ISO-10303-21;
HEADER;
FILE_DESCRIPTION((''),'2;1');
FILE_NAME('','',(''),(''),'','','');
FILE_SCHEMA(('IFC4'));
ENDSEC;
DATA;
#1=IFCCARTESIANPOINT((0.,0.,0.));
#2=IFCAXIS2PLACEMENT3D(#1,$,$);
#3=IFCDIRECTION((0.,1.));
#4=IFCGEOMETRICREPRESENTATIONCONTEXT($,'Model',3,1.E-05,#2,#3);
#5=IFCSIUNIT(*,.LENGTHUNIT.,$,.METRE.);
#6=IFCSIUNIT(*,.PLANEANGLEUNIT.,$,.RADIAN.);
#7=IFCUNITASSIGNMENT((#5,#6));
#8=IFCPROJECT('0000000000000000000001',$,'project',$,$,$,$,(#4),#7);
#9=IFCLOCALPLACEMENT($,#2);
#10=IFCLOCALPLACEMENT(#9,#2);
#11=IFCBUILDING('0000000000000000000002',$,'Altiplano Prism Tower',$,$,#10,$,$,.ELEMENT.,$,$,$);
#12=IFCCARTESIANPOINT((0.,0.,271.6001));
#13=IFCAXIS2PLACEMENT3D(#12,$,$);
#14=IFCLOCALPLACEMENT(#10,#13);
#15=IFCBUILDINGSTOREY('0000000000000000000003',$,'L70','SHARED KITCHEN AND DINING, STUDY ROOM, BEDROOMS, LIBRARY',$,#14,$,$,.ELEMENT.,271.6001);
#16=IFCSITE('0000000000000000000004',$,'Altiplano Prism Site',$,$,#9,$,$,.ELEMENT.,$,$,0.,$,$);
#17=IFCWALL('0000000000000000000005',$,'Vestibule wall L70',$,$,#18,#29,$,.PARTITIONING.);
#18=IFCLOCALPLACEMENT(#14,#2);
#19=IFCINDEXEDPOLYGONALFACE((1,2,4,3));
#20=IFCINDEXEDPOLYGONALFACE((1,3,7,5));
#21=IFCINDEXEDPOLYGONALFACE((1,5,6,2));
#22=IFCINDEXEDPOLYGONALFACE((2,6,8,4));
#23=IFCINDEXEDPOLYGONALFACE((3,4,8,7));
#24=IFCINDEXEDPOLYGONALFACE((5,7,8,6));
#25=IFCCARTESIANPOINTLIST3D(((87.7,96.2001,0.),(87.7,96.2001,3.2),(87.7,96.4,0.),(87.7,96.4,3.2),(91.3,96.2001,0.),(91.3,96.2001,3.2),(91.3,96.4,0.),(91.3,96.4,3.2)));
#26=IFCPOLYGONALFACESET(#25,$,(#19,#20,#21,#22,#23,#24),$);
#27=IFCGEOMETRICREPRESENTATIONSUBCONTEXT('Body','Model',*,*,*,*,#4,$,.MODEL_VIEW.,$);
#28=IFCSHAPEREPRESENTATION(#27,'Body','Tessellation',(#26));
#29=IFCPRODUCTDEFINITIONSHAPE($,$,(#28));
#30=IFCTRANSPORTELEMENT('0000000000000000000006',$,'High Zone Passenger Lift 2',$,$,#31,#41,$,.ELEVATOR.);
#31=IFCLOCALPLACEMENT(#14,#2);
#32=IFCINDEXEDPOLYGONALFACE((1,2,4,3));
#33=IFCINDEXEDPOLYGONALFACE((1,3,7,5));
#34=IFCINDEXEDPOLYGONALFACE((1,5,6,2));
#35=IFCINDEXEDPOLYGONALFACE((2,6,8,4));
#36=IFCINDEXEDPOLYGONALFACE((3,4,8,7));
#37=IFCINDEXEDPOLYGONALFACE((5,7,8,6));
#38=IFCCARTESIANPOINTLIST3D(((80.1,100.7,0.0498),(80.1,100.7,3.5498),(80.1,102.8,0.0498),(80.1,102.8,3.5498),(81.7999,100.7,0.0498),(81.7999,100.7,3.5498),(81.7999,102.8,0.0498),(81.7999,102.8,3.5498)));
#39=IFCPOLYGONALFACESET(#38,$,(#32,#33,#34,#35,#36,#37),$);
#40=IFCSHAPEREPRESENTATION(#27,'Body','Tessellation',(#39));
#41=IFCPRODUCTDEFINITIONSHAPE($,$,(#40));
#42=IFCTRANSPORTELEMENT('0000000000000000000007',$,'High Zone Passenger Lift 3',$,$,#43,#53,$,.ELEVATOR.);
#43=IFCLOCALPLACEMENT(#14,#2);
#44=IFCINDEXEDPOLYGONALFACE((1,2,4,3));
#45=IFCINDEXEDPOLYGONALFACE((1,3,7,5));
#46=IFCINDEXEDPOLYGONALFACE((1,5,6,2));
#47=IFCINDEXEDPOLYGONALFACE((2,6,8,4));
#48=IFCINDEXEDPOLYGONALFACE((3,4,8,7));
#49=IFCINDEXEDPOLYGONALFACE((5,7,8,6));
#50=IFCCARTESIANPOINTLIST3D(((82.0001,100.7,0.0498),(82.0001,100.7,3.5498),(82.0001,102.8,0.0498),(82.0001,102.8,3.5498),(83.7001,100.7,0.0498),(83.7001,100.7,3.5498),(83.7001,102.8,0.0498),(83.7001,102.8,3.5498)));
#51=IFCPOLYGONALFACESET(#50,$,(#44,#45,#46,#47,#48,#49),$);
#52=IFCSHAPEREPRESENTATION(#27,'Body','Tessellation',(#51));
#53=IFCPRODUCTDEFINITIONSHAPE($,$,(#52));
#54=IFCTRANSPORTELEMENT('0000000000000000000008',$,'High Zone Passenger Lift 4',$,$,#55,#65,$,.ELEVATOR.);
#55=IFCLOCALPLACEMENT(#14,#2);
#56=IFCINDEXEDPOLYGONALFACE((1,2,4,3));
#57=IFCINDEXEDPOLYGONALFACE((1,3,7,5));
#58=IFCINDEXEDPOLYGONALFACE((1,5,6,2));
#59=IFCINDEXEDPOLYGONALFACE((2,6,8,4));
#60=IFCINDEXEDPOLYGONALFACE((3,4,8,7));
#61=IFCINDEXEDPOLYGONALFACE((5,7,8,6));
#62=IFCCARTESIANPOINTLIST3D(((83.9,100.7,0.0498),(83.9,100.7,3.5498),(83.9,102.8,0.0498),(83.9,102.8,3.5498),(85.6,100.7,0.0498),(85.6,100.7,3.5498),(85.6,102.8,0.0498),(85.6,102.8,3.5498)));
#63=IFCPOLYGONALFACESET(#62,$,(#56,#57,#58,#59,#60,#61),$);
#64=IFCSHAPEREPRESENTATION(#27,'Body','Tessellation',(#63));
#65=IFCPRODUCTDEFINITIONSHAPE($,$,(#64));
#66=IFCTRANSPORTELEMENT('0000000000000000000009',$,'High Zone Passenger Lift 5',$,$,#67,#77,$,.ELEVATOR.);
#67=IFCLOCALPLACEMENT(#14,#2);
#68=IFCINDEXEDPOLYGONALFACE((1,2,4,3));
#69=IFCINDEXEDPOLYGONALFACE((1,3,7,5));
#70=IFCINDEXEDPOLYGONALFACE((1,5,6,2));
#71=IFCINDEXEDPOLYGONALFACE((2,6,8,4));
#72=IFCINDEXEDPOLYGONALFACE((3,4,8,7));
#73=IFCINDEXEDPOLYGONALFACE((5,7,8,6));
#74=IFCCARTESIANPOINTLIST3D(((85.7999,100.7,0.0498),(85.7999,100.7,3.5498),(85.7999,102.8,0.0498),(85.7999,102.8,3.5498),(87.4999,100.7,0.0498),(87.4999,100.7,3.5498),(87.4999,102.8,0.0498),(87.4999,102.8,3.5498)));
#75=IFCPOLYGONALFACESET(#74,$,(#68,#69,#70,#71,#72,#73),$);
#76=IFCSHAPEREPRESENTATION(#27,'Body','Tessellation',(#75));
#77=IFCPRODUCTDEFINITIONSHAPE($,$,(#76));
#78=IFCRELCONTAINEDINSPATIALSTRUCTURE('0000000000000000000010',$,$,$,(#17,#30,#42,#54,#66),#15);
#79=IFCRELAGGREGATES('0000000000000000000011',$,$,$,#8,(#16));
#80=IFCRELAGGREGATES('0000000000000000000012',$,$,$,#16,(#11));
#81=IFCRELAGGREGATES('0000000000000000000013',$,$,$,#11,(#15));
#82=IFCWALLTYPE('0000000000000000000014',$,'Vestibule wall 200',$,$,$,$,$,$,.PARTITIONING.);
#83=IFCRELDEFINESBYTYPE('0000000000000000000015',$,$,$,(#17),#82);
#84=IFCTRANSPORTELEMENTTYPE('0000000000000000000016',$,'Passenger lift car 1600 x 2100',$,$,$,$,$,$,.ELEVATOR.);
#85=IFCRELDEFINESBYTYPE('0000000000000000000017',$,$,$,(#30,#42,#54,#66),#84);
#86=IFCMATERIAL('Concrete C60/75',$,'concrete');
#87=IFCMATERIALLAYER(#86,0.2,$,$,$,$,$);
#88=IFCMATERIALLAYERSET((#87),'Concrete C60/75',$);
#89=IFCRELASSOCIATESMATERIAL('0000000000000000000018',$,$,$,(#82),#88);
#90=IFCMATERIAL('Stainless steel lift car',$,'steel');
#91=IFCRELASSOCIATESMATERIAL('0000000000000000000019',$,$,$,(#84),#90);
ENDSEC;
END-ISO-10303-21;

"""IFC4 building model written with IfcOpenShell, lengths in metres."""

from ifc_helpers import new_model, si_unit, direction, frame, frame_2d, origin, origin_2d, place, context, subcontext, project, spatial, rectangle, extrude, material, layer, layer_set, type_object, element, save


model = new_model("IFC4")

# Units and contexts
model_context = context("Model", 3, precision=1e-05, world=origin(), true_north=direction((0.0, 1.0)))
body_context = subcontext(model_context, "Body", "Model", "MODEL_VIEW")
ifc_project = project(units=[si_unit("LENGTHUNIT", "METRE"), si_unit("PLANEANGLEUNIT", "RADIAN")], contexts=[model_context])

# Site, building, storey
site_placement = place(None, origin())
site = spatial("IfcSite", under=ifc_project, at=site_placement, Name="Altiplano Prism Site", CompositionType="ELEMENT", RefElevation=0.0)
building_placement = place(site_placement, origin())
building = spatial("IfcBuilding", under=site, at=building_placement, Name="Altiplano Prism Tower", CompositionType="ELEMENT")
storey_placement = place(building_placement, frame((0.0, 0.0, 271.6001)))
storey = spatial("IfcBuildingStorey", under=building, at=storey_placement, Name="L70", Description="SHARED KITCHEN AND DINING, STUDY ROOM, BEDROOMS, LIBRARY", CompositionType="ELEMENT", Elevation=271.6001)

# Shared definitions
ifc_material_1 = material(Name="Concrete C60/75", Category="concrete")

# Shared definitions
ifc_layer_1 = layer(ifc_material_1, 0.2)
ifc_layer_set_1 = layer_set([ifc_layer_1], Name="Concrete C60/75")
wall_type_1 = type_object("IfcWallType", Name="Vestibule wall 200", PredefinedType="PARTITIONING", material=ifc_layer_set_1)

# Wall
wall_1_placement = place(storey_placement, frame((87.7, 96.3, 0.0), z_axis=(0.0, 0.0, 1.0), x_axis=(1.0, 0.0, 0.0)))
element("IfcWall", 1, at=wall_1_placement, inside=storey, type_object=wall_type_1, Name="Vestibule wall L70", PredefinedType="PARTITIONING", context=body_context, shape_type="SweptSolid", body=[
    extrude(rectangle(XDim=3.6001, YDim=0.2, at=frame_2d((1.8, 0.0))), origin(), (0.0, 0.0, 1.0), 3.2),
])

# Transport elements
ifc_material_2 = material(Name="Stainless steel lift car", Category="steel")
transport_element_type = type_object("IfcTransportElementType", Name="Passenger lift car 1600 x 2100", PredefinedType="ELEVATOR", material=ifc_material_2)
for number, where, z_axis, x_axis, name in (
    (2, (80.95, 101.75, 0.0498), (0.0, 0.0, 1.0), (1.0, 0.0, 0.0), "High Zone Passenger Lift 2"),
    (3, (82.8501, 101.75, 0.0498), (0.0, 0.0, 1.0), (1.0, 0.0, 0.0), "High Zone Passenger Lift 3"),
    (4, (84.75, 101.75, 0.0498), (0.0, 0.0, 1.0), (1.0, 0.0, 0.0), "High Zone Passenger Lift 4"),
    (5, (86.6499, 101.75, 0.0498), (0.0, 0.0, 1.0), (1.0, 0.0, 0.0), "High Zone Passenger Lift 5"),
):
    element("IfcTransportElement", number, at=place(storey_placement, frame(where, z_axis=z_axis, x_axis=x_axis)), inside=storey, type_object=transport_element_type, Name=name, PredefinedType="ELEVATOR", context=body_context, shape_type="SweptSolid", body=[
        extrude(rectangle(XDim=1.7, YDim=2.1001, at=origin_2d()), origin(), (0.0, 0.0, 1.0), 3.5),
    ])

save(model, "model.ifc")
